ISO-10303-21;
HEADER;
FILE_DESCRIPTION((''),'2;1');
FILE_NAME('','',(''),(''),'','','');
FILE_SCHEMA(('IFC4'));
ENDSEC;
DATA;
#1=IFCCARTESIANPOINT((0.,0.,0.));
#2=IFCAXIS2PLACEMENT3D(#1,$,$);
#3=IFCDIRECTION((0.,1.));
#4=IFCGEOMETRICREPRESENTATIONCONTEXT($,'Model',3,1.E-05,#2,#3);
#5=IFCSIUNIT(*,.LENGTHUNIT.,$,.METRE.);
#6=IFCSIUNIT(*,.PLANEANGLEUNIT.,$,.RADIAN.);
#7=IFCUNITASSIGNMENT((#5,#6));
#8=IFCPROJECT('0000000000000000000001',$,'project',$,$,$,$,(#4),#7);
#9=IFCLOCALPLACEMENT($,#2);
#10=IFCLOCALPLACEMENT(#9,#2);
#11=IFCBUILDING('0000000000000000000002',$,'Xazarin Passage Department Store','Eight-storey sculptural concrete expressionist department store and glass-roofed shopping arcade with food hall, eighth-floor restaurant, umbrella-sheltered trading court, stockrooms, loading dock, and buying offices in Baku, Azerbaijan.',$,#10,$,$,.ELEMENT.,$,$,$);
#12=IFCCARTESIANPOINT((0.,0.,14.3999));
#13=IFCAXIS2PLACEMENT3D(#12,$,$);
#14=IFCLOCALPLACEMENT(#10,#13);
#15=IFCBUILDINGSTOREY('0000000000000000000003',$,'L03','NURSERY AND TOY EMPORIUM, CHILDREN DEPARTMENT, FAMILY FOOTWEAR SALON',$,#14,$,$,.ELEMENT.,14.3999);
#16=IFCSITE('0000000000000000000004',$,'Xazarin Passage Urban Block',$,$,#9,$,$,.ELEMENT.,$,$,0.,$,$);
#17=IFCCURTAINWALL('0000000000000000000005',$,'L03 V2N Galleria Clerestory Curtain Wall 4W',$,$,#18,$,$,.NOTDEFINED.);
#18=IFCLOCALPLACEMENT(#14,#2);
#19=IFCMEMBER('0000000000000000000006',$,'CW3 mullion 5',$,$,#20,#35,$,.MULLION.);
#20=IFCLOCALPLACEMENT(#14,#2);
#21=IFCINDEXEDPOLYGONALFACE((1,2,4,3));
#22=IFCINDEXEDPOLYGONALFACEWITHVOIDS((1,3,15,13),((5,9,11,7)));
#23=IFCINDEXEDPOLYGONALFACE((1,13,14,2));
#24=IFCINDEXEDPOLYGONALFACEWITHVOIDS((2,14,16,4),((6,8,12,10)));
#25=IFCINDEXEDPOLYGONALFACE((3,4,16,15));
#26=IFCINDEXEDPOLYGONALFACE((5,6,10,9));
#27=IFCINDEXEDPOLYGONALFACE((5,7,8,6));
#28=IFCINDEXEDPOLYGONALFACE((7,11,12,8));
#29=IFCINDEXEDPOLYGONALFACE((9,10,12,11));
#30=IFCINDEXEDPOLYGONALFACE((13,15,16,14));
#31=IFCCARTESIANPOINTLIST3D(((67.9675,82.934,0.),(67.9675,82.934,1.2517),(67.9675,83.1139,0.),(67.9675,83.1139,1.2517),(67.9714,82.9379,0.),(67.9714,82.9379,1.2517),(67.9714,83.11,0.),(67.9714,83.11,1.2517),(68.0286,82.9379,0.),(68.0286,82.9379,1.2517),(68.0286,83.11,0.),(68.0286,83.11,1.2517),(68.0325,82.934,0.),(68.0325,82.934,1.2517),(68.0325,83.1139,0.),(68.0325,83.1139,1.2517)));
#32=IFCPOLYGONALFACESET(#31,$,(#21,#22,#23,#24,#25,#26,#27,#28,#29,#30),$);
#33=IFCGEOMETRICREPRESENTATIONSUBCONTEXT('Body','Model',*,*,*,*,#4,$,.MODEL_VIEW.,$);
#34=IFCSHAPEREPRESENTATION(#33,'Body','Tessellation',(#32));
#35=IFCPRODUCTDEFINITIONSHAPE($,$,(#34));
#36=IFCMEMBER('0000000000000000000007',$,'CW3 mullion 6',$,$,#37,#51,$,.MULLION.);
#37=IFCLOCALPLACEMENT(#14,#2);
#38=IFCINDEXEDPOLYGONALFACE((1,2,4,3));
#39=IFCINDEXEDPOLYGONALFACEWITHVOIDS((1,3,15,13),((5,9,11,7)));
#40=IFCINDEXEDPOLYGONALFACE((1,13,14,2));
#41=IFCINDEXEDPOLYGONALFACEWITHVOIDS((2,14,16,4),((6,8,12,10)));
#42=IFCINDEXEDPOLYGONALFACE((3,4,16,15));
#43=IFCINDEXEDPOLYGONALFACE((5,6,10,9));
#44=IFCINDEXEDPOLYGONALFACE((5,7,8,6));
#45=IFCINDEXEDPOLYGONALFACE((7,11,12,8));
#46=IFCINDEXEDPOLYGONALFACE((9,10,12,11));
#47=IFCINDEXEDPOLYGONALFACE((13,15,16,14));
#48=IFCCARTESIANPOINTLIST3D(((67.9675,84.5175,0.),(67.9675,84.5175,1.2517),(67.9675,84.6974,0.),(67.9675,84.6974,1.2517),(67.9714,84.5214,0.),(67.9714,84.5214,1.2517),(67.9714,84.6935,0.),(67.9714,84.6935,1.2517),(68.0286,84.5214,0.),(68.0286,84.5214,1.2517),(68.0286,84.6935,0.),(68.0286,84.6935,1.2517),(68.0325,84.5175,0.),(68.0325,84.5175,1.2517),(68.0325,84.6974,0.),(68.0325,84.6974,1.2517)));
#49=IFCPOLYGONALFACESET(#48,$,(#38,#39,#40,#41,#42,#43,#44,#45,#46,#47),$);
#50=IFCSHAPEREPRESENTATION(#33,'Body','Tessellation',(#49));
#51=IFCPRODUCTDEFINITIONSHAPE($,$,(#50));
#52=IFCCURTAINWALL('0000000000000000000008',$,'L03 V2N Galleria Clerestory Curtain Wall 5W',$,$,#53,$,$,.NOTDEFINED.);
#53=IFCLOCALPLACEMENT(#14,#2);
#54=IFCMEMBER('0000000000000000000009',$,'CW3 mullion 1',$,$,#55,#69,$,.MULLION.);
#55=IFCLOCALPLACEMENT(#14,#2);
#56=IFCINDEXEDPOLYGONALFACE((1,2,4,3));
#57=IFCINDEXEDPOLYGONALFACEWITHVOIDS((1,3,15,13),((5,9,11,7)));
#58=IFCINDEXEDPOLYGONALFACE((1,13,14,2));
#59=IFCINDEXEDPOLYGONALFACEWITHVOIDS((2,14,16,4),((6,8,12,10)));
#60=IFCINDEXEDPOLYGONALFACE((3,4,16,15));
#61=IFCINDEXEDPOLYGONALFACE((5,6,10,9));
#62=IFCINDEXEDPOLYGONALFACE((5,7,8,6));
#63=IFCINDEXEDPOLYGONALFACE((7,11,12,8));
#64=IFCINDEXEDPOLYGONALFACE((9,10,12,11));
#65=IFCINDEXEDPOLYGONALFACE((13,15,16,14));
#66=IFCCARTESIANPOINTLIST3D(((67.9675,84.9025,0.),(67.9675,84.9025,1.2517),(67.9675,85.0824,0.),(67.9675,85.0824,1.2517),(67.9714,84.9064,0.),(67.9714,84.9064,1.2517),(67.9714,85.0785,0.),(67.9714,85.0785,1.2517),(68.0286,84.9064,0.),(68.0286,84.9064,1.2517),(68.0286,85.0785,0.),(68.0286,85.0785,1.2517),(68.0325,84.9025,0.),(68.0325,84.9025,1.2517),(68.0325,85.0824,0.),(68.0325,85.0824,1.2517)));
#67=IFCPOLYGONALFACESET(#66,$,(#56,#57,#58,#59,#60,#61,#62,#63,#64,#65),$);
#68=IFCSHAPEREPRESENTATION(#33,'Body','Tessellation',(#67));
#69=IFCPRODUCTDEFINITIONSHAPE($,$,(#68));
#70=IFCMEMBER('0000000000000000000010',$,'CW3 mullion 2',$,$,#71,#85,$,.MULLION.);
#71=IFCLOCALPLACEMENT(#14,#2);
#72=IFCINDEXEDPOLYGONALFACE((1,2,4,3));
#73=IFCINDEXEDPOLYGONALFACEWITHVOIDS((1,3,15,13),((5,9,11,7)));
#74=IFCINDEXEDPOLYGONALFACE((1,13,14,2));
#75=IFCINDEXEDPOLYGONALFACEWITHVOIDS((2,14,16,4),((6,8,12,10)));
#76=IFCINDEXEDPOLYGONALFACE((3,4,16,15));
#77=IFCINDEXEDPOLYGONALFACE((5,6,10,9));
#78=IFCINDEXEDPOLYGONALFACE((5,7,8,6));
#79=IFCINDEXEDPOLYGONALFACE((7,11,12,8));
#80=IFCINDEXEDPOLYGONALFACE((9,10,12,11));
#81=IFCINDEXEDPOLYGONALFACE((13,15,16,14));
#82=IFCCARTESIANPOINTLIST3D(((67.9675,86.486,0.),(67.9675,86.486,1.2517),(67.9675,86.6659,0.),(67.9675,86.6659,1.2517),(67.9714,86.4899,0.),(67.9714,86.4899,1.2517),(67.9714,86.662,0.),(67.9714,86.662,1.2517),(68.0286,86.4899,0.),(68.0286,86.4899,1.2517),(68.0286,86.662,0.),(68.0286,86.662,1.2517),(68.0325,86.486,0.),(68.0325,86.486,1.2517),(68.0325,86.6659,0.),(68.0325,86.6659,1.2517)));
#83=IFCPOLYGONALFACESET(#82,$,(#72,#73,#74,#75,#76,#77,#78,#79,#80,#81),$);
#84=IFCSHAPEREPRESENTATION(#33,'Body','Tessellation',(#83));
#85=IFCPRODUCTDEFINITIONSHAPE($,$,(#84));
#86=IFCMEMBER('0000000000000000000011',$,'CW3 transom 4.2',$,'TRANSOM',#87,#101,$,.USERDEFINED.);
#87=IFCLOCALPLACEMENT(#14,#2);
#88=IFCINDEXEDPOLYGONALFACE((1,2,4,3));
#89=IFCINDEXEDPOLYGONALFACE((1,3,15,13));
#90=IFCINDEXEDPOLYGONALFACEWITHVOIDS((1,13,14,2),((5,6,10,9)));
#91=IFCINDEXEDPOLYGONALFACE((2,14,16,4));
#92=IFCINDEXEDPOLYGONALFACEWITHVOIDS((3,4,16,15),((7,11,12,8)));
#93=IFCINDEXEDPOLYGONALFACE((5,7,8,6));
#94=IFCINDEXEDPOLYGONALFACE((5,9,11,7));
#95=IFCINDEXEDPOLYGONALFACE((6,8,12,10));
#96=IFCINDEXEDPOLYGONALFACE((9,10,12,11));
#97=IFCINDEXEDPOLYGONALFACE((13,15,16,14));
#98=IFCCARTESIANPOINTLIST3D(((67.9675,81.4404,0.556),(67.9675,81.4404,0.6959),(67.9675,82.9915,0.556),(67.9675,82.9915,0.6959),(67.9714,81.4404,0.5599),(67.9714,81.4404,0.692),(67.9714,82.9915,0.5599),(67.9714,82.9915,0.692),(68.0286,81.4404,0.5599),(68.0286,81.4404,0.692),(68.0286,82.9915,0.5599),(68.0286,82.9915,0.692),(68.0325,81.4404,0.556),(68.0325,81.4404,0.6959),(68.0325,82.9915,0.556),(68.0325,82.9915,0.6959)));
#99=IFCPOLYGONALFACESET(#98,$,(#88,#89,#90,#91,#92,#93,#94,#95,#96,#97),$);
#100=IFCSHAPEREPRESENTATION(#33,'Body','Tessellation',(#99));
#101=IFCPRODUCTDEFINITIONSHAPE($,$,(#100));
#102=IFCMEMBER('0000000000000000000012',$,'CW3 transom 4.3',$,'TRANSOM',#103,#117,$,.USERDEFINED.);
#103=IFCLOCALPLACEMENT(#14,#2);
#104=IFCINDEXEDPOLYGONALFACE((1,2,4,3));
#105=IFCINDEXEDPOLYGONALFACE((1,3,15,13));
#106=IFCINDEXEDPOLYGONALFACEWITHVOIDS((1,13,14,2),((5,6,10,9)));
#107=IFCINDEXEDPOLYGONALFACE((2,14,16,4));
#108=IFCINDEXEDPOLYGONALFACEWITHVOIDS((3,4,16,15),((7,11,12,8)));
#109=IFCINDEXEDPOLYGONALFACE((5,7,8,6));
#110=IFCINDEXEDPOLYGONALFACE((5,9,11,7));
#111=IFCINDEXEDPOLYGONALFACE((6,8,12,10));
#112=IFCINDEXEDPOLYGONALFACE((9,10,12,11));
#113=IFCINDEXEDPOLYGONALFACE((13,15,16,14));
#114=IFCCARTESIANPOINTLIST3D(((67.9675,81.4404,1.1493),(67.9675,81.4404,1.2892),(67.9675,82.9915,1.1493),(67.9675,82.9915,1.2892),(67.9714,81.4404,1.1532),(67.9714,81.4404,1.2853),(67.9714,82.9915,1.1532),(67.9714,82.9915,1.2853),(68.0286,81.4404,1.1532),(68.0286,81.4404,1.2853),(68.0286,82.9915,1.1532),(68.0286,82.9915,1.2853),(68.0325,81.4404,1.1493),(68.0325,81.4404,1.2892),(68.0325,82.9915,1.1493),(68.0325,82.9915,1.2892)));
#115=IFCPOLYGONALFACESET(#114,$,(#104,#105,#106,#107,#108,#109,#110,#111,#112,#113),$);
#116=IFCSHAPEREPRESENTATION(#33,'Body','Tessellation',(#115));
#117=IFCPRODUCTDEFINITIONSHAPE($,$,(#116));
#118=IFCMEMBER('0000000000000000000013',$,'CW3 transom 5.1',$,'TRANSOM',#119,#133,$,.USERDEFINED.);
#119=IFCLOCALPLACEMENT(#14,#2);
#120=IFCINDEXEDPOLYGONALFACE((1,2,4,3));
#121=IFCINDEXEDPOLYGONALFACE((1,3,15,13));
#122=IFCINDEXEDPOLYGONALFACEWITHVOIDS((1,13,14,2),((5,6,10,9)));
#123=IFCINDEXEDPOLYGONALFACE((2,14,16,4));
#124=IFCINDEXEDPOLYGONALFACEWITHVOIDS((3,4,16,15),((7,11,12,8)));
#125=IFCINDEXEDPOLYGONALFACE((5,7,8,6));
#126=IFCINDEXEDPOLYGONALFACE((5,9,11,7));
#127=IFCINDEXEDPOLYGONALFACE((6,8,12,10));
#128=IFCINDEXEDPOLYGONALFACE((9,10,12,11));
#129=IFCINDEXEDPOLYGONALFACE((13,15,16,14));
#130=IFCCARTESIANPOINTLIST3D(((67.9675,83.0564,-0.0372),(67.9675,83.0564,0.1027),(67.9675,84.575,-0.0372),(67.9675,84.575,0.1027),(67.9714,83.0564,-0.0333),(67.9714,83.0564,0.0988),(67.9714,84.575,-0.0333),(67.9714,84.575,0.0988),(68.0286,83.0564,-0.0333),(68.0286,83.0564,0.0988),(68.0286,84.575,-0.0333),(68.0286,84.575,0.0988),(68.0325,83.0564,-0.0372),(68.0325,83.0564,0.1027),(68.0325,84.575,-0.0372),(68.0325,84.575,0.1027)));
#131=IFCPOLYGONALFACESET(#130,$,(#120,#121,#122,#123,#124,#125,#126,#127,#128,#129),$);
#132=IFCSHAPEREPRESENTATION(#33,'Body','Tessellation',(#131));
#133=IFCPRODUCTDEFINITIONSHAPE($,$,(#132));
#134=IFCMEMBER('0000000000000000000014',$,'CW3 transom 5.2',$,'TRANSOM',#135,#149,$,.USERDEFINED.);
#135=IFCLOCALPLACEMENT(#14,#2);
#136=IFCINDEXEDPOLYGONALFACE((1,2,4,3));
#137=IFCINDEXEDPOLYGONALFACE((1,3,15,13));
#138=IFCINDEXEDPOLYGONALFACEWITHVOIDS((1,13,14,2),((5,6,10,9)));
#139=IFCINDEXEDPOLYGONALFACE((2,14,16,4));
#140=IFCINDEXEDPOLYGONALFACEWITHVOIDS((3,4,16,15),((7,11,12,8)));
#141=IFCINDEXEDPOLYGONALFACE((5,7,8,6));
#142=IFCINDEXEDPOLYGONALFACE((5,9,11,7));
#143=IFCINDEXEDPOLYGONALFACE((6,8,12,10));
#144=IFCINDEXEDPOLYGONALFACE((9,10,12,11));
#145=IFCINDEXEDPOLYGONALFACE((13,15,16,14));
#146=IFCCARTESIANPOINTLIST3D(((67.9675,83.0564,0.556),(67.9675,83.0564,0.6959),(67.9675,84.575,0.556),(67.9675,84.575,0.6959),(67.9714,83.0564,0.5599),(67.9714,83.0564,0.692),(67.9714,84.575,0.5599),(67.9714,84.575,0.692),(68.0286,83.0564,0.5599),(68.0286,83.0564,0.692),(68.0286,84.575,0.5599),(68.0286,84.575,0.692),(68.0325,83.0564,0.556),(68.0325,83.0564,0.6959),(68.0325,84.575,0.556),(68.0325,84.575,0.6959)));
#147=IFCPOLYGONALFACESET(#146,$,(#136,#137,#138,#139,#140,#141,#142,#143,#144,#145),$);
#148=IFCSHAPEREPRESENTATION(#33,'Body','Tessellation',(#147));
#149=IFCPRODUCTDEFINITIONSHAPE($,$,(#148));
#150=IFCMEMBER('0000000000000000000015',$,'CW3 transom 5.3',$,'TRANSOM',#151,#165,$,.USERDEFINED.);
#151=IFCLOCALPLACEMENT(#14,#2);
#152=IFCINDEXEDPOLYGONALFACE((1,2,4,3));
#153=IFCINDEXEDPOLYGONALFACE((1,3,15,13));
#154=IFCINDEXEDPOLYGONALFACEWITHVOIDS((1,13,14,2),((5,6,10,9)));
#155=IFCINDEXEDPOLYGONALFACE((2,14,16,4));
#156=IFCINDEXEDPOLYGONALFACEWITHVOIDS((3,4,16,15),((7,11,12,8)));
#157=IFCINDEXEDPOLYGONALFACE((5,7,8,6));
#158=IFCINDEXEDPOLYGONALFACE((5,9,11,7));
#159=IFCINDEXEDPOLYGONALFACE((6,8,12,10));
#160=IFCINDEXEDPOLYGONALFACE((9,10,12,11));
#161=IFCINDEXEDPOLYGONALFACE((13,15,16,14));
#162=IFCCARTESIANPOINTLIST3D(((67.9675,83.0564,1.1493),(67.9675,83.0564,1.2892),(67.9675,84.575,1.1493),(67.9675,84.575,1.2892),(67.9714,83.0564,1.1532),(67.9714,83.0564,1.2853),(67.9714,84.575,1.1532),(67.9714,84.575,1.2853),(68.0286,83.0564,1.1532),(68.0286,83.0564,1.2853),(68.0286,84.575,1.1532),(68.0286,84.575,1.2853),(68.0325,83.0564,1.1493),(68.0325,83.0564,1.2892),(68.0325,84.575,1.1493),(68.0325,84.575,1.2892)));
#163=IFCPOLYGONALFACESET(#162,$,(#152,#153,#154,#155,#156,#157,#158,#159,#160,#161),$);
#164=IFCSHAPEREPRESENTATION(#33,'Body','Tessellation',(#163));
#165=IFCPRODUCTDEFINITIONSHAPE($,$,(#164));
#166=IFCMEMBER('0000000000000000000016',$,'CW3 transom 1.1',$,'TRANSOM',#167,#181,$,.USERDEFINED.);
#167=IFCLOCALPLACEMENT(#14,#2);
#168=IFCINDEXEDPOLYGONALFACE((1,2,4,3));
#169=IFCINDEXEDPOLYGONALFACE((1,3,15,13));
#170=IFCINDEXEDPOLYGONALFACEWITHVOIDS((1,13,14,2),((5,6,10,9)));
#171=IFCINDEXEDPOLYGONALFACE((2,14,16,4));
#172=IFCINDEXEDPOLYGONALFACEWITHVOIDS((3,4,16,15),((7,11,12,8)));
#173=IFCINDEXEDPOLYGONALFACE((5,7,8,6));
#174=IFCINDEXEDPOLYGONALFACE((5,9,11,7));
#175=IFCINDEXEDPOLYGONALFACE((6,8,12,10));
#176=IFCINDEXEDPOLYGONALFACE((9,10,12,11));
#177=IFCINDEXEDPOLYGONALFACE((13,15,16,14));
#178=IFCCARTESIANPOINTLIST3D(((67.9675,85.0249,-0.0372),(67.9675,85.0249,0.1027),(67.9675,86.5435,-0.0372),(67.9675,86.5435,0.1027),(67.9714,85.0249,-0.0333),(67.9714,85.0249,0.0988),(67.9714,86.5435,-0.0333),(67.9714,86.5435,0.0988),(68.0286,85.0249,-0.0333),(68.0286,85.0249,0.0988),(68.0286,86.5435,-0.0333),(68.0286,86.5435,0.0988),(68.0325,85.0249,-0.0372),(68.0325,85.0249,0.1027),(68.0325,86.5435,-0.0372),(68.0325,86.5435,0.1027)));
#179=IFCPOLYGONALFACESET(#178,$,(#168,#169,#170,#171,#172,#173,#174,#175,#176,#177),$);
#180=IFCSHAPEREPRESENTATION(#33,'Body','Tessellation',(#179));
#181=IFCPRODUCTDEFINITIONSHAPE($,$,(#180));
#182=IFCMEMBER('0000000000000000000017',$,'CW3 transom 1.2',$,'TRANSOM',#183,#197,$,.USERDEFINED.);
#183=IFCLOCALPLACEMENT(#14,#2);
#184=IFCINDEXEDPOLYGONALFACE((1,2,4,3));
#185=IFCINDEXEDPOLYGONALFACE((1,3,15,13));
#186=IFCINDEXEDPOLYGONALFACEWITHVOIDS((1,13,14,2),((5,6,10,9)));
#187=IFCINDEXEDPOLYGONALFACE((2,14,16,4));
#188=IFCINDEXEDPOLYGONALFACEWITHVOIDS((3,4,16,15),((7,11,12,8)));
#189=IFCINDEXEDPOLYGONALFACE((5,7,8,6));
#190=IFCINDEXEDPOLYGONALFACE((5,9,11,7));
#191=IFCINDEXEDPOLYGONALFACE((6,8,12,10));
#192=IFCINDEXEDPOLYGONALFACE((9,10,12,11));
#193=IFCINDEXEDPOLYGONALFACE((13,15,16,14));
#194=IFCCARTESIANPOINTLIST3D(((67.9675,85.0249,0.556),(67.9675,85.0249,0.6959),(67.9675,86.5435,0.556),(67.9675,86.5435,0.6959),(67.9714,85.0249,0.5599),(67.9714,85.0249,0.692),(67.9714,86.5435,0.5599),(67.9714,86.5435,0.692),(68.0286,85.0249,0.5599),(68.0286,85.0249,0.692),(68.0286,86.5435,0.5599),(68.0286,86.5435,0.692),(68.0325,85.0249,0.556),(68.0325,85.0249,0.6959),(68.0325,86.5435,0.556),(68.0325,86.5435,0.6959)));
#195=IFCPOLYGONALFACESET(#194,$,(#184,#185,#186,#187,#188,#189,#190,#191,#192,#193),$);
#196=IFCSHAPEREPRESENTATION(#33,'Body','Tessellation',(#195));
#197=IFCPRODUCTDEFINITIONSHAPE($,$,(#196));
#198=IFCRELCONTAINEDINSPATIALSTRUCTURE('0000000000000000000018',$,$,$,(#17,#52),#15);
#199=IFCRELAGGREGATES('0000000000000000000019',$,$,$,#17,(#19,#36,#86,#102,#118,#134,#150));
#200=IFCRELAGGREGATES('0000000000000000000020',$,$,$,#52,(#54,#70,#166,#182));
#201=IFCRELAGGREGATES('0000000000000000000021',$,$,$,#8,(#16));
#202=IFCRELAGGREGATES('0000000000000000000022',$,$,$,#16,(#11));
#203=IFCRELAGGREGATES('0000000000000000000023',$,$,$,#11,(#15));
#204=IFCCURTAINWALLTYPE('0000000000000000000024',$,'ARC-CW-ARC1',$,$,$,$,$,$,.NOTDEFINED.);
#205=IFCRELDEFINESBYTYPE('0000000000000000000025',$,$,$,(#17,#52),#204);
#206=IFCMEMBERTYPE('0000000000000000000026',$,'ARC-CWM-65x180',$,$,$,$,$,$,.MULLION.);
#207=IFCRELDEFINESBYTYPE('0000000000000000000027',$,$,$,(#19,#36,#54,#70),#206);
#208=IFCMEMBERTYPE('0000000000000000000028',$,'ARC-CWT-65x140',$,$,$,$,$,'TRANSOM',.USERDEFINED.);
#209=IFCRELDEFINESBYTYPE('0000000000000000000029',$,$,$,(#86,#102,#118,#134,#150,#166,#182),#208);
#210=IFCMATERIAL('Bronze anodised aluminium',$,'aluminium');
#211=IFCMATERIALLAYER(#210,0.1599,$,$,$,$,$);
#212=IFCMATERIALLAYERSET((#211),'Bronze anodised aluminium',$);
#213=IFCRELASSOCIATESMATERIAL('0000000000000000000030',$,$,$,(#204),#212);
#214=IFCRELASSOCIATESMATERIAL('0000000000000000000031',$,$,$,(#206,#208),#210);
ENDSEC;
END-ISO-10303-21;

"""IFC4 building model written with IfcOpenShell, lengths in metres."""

from ifc_helpers import new_model, si_unit, direction, frame, origin, origin_2d, place, context, subcontext, project, spatial, hollow_rectangle, extrude, material, layer, layer_set, material_profile, profile_set, type_object, element, aggregate, save


model = new_model("IFC4")

# Units and contexts
model_context = context("Model", 3, precision=1e-05, world=origin(), true_north=direction((0.0, 1.0)))
body_context = subcontext(model_context, "Body", "Model", "MODEL_VIEW")
ifc_project = project(units=[si_unit("LENGTHUNIT", "METRE"), si_unit("PLANEANGLEUNIT", "RADIAN")], contexts=[model_context])

# Site, building, storey
site_placement = place(None, origin())
site = spatial("IfcSite", under=ifc_project, at=site_placement, Name="Xazarin Passage Urban Block", CompositionType="ELEMENT", RefElevation=0.0)
building_placement = place(site_placement, origin())
building = spatial("IfcBuilding", under=site, at=building_placement, Name="Xazarin Passage Department Store", Description="Eight-storey sculptural concrete expressionist department store and glass-roofed shopping arcade with food hall, eighth-floor restaurant, umbrella-sheltered trading court, stockrooms, loading dock, and buying offices in Baku, Azerbaijan.", CompositionType="ELEMENT")
storey_placement = place(building_placement, frame((0.0, 0.0, 14.3999)))
storey = spatial("IfcBuildingStorey", under=building, at=storey_placement, Name="L03", Description="NURSERY AND TOY EMPORIUM, CHILDREN DEPARTMENT, FAMILY FOOTWEAR SALON", CompositionType="ELEMENT", Elevation=14.3999)

# Curtain walls, members
ifc_material_1 = material(Name="Bronze anodised aluminium", Category="aluminium")
ifc_layer_1 = layer(ifc_material_1, 0.1599)
ifc_layer_set_1 = layer_set([ifc_layer_1], Name="Bronze anodised aluminium")
curtain_wall_type = type_object("IfcCurtainWallType", Name="ARC-CW-ARC1", PredefinedType="NOTDEFINED", material=ifc_layer_set_1)
curtain_wall_1_placement = place(storey_placement, origin())
curtain_wall_1 = element("IfcCurtainWall", 1, at=curtain_wall_1_placement, inside=storey, type_object=curtain_wall_type, Name="L03 V2N Galleria Clerestory Curtain Wall 4W", PredefinedType="NOTDEFINED")
ifc_material_profile_1 = material_profile(ifc_material_1, hollow_rectangle(XDim=0.0649, YDim=0.1799, WallThickness=0.0039, at=origin_2d()), Name="ALU 65x180")
ifc_profile_set_1 = profile_set([ifc_material_profile_1], Name="Bronze anodised aluminium")
member_type_1 = type_object("IfcMemberType", Name="ARC-CWM-65x180", PredefinedType="MULLION", material=ifc_profile_set_1)
member_1_placement = place(storey_placement, frame((68.0, 83.0239, 0.0), z_axis=(0.0, 0.0, 1.0), x_axis=(-1.0, 0.0, 0.0)))
member_1 = element("IfcMember", 2, at=member_1_placement, type_object=member_type_1, Name="CW3 mullion 5", PredefinedType="MULLION", context=body_context, shape_type="SweptSolid", body=[
    extrude(hollow_rectangle(XDim=0.0649, YDim=0.1799, WallThickness=0.0039, at=origin_2d()), origin(), (0.0, 0.0, 1.0), 1.2517),
])
member_2_placement = place(storey_placement, frame((68.0, 84.6074, 0.0), z_axis=(0.0, 0.0, 1.0), x_axis=(-1.0, 0.0, 0.0)))
member_2 = element("IfcMember", 3, at=member_2_placement, type_object=member_type_1, Name="CW3 mullion 6", PredefinedType="MULLION", context=body_context, shape_type="SweptSolid", body=[
    extrude(hollow_rectangle(XDim=0.0649, YDim=0.1799, WallThickness=0.0039, at=origin_2d()), origin(), (0.0, 0.0, 1.0), 1.2517),
])
curtain_wall_2_placement = place(storey_placement, origin())
curtain_wall_2 = element("IfcCurtainWall", 4, at=curtain_wall_2_placement, inside=storey, type_object=curtain_wall_type, Name="L03 V2N Galleria Clerestory Curtain Wall 5W", PredefinedType="NOTDEFINED")
member_3_placement = place(storey_placement, frame((68.0, 84.9924, 0.0), z_axis=(0.0, 0.0, 1.0), x_axis=(-1.0, 0.0, 0.0)))
member_3 = element("IfcMember", 5, at=member_3_placement, type_object=member_type_1, Name="CW3 mullion 1", PredefinedType="MULLION", context=body_context, shape_type="SweptSolid", body=[
    extrude(hollow_rectangle(XDim=0.0649, YDim=0.1799, WallThickness=0.0039, at=origin_2d()), origin(), (0.0, 0.0, 1.0), 1.2517),
])
member_4_placement = place(storey_placement, frame((68.0, 86.5759, 0.0), z_axis=(0.0, 0.0, 1.0), x_axis=(-1.0, 0.0, 0.0)))
member_4 = element("IfcMember", 6, at=member_4_placement, type_object=member_type_1, Name="CW3 mullion 2", PredefinedType="MULLION", context=body_context, shape_type="SweptSolid", body=[
    extrude(hollow_rectangle(XDim=0.0649, YDim=0.1799, WallThickness=0.0039, at=origin_2d()), origin(), (0.0, 0.0, 1.0), 1.2517),
])

# Members
ifc_material_profile_2 = material_profile(ifc_material_1, hollow_rectangle(XDim=0.0649, YDim=0.1399, WallThickness=0.0039, at=origin_2d()), Name="ALU 65x140")
ifc_profile_set_2 = profile_set([ifc_material_profile_2], Name="Bronze anodised aluminium")
member_type_2 = type_object("IfcMemberType", Name="ARC-CWT-65x140", ElementType="TRANSOM", PredefinedType="USERDEFINED", material=ifc_profile_set_2)
member_5_placement = place(storey_placement, frame((68.0, 81.4404, 0.626), z_axis=(0.0, 1.0, 0.0), x_axis=(-1.0, 0.0, 0.0)))
member_5 = element("IfcMember", 7, at=member_5_placement, type_object=member_type_2, Name="CW3 transom 4.2", ObjectType="TRANSOM", PredefinedType="USERDEFINED", context=body_context, shape_type="SweptSolid", body=[
    extrude(hollow_rectangle(XDim=0.0649, YDim=0.1399, WallThickness=0.0039, at=origin_2d()), origin(), (0.0, 0.0, 1.0), 1.551),
])
member_6_placement = place(storey_placement, frame((68.0, 81.4404, 1.2192), z_axis=(0.0, 1.0, 0.0), x_axis=(-1.0, 0.0, 0.0)))
member_6 = element("IfcMember", 8, at=member_6_placement, type_object=member_type_2, Name="CW3 transom 4.3", ObjectType="TRANSOM", PredefinedType="USERDEFINED", context=body_context, shape_type="SweptSolid", body=[
    extrude(hollow_rectangle(XDim=0.0649, YDim=0.1399, WallThickness=0.0039, at=origin_2d()), origin(), (0.0, 0.0, 1.0), 1.551),
])
member_7_placement = place(storey_placement, frame((68.0, 83.0564, 0.0327), z_axis=(0.0, 1.0, 0.0), x_axis=(-1.0, 0.0, 0.0)))
member_7 = element("IfcMember", 9, at=member_7_placement, type_object=member_type_2, Name="CW3 transom 5.1", ObjectType="TRANSOM", PredefinedType="USERDEFINED", context=body_context, shape_type="SweptSolid", body=[
    extrude(hollow_rectangle(XDim=0.0649, YDim=0.1399, WallThickness=0.0039, at=origin_2d()), origin(), (0.0, 0.0, 1.0), 1.5186),
])
member_8_placement = place(storey_placement, frame((68.0, 83.0564, 0.626), z_axis=(0.0, 1.0, 0.0), x_axis=(-1.0, 0.0, 0.0)))
member_8 = element("IfcMember", 10, at=member_8_placement, type_object=member_type_2, Name="CW3 transom 5.2", ObjectType="TRANSOM", PredefinedType="USERDEFINED", context=body_context, shape_type="SweptSolid", body=[
    extrude(hollow_rectangle(XDim=0.0649, YDim=0.1399, WallThickness=0.0039, at=origin_2d()), origin(), (0.0, 0.0, 1.0), 1.5186),
])
member_9_placement = place(storey_placement, frame((68.0, 83.0564, 1.2192), z_axis=(0.0, 1.0, 0.0), x_axis=(-1.0, 0.0, 0.0)))
member_9 = element("IfcMember", 11, at=member_9_placement, type_object=member_type_2, Name="CW3 transom 5.3", ObjectType="TRANSOM", PredefinedType="USERDEFINED", context=body_context, shape_type="SweptSolid", body=[
    extrude(hollow_rectangle(XDim=0.0649, YDim=0.1399, WallThickness=0.0039, at=origin_2d()), origin(), (0.0, 0.0, 1.0), 1.5186),
])
member_10_placement = place(storey_placement, frame((68.0, 85.0249, 0.0327), z_axis=(0.0, 1.0, 0.0), x_axis=(-1.0, 0.0, 0.0)))
member_10 = element("IfcMember", 12, at=member_10_placement, type_object=member_type_2, Name="CW3 transom 1.1", ObjectType="TRANSOM", PredefinedType="USERDEFINED", context=body_context, shape_type="SweptSolid", body=[
    extrude(hollow_rectangle(XDim=0.0649, YDim=0.1399, WallThickness=0.0039, at=origin_2d()), origin(), (0.0, 0.0, 1.0), 1.5186),
])
member_11_placement = place(storey_placement, frame((68.0, 85.0249, 0.626), z_axis=(0.0, 1.0, 0.0), x_axis=(-1.0, 0.0, 0.0)))
member_11 = element("IfcMember", 13, at=member_11_placement, type_object=member_type_2, Name="CW3 transom 1.2", ObjectType="TRANSOM", PredefinedType="USERDEFINED", context=body_context, shape_type="SweptSolid", body=[
    extrude(hollow_rectangle(XDim=0.0649, YDim=0.1399, WallThickness=0.0039, at=origin_2d()), origin(), (0.0, 0.0, 1.0), 1.5186),
])

aggregate(curtain_wall_1, [member_1, member_2, member_5, member_6, member_7, member_8, member_9])
aggregate(curtain_wall_2, [member_3, member_4, member_10, member_11])

save(model, "model.ifc")
